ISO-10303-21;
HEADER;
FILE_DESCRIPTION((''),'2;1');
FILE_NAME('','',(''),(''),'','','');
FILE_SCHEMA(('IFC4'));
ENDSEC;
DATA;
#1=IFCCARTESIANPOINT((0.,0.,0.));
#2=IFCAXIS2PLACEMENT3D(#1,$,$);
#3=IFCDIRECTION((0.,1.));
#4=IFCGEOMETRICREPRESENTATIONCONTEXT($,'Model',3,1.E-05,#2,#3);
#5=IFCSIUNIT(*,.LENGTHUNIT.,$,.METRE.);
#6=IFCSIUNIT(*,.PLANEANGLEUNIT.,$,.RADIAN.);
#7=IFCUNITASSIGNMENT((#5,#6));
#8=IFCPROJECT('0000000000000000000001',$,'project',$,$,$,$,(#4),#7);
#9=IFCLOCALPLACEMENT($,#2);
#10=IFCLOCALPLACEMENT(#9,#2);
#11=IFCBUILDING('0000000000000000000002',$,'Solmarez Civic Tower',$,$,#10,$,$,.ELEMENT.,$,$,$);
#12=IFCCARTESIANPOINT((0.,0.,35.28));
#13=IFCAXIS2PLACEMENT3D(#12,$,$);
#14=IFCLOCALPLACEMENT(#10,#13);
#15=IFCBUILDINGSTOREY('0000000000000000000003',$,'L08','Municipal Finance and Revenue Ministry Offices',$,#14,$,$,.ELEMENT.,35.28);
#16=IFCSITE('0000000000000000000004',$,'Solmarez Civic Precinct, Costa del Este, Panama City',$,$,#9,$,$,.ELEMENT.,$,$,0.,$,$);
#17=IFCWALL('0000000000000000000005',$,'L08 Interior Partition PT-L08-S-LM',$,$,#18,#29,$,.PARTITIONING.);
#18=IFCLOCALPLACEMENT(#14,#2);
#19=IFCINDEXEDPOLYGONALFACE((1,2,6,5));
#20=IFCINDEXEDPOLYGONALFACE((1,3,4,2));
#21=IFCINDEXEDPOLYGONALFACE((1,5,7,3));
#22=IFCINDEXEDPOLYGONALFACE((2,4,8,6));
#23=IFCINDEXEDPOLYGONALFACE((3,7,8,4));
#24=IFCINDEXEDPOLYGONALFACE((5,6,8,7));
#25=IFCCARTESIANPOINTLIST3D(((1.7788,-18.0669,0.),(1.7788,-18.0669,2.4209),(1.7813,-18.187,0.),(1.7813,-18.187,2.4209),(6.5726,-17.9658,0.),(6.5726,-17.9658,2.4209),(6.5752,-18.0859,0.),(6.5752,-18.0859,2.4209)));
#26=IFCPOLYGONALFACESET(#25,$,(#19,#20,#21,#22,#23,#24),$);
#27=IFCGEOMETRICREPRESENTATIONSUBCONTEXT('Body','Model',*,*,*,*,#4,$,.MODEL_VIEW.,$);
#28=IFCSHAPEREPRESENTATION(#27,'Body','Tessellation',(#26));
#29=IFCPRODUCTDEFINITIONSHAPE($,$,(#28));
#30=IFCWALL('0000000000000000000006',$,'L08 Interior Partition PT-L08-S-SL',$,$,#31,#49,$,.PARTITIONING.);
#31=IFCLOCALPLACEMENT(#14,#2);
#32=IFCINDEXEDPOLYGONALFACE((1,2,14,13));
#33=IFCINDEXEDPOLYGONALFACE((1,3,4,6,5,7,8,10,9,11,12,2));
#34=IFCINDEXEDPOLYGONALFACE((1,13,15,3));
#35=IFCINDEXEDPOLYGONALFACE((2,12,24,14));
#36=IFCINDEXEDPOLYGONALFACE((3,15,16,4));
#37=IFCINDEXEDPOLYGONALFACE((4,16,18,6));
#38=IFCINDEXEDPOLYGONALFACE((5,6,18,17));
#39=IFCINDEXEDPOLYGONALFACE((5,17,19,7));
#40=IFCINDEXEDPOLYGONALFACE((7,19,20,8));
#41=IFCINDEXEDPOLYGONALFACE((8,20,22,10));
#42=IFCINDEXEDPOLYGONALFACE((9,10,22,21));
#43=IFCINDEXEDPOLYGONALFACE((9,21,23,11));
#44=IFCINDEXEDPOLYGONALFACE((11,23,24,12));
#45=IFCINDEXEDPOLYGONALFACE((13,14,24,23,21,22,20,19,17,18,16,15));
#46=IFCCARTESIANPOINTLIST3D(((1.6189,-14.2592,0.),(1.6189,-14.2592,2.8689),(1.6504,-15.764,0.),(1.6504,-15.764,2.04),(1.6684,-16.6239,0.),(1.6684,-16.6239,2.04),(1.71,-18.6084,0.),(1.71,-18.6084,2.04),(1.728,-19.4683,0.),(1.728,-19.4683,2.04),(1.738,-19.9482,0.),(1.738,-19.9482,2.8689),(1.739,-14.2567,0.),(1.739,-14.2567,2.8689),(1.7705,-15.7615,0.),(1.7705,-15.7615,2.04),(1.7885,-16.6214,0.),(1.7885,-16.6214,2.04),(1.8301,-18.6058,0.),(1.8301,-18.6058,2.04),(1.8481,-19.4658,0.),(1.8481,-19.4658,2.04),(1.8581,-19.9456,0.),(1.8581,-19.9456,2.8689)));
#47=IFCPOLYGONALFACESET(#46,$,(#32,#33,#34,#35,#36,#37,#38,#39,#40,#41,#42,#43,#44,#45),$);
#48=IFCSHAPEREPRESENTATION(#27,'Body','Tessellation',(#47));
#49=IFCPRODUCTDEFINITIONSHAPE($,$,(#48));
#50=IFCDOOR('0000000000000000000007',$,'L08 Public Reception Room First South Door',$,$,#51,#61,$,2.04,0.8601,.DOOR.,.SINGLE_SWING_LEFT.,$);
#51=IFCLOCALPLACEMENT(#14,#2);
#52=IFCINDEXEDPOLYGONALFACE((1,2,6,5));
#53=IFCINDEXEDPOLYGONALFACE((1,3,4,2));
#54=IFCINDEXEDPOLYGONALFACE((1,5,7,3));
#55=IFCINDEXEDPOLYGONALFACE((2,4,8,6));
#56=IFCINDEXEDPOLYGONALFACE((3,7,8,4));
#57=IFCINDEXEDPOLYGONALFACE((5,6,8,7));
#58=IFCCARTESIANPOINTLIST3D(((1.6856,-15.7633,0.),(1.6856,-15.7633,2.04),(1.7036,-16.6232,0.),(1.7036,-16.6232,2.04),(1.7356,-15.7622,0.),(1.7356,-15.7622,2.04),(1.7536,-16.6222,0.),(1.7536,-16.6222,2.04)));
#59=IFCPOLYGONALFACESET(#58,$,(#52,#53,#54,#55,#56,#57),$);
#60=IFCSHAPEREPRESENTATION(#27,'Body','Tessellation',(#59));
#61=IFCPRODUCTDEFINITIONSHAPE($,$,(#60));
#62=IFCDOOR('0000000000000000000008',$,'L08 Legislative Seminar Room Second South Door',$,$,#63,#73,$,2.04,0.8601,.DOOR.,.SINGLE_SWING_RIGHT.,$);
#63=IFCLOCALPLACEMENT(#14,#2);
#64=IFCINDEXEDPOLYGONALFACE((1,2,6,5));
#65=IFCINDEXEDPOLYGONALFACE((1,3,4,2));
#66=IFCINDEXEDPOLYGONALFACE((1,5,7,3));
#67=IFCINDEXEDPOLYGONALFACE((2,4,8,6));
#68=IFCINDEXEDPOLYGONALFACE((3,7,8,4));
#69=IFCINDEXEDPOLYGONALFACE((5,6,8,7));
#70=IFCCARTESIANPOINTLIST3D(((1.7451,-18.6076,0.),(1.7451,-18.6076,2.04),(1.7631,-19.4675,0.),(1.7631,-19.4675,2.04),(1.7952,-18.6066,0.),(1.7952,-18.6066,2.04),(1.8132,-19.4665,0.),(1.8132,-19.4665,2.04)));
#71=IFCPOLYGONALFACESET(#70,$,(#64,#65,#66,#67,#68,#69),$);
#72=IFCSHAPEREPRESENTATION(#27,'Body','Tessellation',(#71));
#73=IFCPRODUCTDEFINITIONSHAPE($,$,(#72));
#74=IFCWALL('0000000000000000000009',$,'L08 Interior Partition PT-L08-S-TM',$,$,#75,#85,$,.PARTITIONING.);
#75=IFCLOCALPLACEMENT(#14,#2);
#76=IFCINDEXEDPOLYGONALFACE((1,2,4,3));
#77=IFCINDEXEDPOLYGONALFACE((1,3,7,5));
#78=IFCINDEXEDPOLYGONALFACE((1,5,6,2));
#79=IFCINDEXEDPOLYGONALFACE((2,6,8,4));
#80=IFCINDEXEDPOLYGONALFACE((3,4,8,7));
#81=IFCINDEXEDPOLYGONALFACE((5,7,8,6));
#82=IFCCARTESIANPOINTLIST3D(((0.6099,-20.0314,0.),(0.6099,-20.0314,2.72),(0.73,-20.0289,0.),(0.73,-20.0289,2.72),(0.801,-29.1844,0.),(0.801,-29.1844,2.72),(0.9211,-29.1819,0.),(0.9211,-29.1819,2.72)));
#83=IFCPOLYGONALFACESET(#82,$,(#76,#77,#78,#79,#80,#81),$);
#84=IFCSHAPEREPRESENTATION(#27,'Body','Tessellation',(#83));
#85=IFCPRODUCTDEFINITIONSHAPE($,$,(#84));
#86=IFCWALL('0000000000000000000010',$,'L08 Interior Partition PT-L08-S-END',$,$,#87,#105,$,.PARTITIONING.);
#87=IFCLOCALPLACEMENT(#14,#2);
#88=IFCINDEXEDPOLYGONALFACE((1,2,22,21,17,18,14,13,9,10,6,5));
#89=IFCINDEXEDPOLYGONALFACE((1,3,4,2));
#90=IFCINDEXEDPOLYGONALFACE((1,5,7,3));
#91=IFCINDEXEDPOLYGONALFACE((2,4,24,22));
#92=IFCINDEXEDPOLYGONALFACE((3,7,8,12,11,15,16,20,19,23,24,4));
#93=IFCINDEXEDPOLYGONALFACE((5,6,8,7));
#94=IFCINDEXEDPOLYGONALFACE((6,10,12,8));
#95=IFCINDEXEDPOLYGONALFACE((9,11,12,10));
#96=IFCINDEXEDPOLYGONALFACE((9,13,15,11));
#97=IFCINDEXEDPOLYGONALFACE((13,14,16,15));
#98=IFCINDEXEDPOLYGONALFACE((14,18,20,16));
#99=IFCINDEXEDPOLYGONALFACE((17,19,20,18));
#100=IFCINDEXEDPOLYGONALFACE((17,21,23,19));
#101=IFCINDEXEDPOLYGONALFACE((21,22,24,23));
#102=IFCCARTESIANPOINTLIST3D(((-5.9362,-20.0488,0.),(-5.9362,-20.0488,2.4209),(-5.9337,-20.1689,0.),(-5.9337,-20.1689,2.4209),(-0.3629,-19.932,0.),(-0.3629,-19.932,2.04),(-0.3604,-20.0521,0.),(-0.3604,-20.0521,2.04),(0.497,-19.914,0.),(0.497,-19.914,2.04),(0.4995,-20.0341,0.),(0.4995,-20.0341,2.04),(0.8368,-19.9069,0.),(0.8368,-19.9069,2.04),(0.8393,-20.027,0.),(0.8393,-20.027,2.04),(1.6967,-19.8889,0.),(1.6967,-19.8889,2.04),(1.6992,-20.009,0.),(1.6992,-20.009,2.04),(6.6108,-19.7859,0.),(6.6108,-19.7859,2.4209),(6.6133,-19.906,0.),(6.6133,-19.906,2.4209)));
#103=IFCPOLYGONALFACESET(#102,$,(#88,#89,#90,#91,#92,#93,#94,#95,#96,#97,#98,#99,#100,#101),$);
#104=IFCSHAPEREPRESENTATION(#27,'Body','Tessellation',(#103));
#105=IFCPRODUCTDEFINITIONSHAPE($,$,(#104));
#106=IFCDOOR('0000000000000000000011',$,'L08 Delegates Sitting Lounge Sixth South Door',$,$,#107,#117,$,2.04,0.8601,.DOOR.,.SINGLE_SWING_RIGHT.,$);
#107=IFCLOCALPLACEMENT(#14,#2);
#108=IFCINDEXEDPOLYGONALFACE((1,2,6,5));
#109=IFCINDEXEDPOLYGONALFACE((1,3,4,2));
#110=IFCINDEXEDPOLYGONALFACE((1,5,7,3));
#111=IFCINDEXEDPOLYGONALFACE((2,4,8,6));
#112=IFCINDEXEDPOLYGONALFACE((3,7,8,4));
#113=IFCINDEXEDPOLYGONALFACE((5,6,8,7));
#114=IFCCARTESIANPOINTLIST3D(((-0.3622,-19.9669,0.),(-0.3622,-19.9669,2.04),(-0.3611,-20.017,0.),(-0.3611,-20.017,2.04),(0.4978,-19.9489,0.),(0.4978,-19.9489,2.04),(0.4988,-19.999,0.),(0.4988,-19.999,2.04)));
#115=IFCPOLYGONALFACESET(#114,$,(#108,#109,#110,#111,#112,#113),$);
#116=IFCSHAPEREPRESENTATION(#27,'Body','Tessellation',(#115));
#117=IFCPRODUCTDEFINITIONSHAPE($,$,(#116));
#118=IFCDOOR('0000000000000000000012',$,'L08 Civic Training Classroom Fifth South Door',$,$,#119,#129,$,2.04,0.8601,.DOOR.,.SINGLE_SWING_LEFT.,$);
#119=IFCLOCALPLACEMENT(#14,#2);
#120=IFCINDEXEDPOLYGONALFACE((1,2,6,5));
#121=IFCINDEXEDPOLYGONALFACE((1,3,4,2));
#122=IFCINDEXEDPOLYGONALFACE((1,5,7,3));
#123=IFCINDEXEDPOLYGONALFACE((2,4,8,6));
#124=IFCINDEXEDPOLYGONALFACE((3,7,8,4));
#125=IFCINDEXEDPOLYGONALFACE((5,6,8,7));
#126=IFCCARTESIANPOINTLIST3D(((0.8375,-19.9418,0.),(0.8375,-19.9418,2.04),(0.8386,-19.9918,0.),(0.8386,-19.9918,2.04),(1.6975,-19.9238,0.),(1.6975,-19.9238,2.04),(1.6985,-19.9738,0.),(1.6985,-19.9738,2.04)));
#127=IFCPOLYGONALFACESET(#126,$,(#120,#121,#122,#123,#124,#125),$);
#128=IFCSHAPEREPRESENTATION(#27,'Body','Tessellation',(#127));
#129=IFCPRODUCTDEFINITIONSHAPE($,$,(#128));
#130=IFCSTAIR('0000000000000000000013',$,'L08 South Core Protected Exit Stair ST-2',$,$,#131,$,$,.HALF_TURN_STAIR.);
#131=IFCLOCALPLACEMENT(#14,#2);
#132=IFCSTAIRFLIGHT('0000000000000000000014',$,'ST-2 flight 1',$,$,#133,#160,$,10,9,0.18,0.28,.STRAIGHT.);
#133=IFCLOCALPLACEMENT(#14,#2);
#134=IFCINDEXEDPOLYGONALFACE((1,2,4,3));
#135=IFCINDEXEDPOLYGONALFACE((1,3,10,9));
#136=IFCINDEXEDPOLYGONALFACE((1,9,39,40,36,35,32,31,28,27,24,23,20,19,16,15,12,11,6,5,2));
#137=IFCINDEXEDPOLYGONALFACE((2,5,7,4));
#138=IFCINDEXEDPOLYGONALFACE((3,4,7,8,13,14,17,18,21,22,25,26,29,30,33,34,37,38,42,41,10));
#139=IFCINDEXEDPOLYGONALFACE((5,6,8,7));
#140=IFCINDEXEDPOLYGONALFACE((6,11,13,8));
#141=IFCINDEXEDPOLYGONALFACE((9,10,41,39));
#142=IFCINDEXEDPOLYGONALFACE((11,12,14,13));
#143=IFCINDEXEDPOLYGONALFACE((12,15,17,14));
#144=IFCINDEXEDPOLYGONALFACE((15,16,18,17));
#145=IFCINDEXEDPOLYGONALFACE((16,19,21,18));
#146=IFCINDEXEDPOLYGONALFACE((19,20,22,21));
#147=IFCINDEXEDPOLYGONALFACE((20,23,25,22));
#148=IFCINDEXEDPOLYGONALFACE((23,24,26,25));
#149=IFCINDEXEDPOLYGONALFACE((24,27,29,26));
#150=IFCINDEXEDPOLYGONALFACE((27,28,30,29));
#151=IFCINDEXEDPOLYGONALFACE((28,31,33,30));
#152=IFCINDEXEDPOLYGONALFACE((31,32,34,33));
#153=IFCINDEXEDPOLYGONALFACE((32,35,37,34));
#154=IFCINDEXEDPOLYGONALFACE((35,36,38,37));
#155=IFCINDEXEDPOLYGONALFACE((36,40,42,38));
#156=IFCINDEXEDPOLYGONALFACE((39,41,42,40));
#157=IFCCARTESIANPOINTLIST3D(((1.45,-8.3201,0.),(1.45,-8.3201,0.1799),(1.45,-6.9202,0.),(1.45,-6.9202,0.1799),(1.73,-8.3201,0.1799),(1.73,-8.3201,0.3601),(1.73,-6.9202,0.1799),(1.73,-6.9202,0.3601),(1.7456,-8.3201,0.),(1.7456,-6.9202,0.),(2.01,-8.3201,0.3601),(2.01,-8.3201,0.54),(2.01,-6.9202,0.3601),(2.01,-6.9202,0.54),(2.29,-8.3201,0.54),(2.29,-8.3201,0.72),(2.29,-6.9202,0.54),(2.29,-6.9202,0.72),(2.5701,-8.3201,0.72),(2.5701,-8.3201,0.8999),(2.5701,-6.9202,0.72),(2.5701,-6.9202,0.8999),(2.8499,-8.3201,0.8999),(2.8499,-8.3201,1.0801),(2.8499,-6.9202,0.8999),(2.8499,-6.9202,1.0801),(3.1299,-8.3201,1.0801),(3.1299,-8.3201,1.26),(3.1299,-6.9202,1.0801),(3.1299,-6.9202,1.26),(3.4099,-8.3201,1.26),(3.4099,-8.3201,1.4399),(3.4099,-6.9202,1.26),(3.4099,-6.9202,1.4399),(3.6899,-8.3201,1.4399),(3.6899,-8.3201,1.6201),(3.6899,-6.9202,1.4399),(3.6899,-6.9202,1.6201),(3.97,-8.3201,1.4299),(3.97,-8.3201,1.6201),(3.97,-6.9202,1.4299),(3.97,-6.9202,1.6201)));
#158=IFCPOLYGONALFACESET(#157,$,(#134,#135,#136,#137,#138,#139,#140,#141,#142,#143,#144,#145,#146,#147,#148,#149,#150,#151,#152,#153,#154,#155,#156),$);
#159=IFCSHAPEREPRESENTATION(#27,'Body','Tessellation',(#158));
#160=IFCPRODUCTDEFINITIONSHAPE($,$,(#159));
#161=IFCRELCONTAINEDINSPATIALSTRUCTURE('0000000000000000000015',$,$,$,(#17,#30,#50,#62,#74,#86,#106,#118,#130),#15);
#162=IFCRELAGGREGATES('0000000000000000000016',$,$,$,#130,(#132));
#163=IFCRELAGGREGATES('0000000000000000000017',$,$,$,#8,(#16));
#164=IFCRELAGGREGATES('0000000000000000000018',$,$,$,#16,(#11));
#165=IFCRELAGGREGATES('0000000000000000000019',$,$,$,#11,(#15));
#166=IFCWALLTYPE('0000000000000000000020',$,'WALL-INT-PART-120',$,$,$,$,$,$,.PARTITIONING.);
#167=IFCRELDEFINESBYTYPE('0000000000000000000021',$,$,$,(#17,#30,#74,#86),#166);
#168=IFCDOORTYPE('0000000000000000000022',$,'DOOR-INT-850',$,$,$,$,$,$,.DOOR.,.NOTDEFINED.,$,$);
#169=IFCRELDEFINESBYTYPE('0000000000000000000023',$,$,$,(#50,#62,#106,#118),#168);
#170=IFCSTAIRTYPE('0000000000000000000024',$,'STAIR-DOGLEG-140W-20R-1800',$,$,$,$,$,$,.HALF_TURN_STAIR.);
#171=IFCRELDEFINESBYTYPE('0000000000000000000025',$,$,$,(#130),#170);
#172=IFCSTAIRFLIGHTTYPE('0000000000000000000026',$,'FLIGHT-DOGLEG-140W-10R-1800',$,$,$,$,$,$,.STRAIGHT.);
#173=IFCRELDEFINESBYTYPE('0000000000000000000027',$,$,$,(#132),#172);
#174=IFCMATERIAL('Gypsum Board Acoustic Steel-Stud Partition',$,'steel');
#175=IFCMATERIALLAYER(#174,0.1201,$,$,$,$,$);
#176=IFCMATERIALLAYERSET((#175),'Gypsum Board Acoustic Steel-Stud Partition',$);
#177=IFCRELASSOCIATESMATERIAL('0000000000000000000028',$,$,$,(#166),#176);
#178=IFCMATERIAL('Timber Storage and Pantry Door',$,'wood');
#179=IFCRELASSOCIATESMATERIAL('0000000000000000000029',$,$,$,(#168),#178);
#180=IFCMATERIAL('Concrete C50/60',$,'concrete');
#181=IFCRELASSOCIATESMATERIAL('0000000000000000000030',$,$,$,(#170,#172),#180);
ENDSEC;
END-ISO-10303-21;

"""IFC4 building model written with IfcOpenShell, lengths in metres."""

from ifc_helpers import new_model, si_unit, direction, frame, frame_2d, origin, place, context, subcontext, project, spatial, polyline, rectangle, outline, extrude, material, layer, layer_set, type_object, element, fill, aggregate, save


model = new_model("IFC4")

# Units and contexts
model_context = context("Model", 3, precision=1e-05, world=origin(), true_north=direction((0.0, 1.0)))
body_context = subcontext(model_context, "Body", "Model", "MODEL_VIEW")
ifc_project = project(units=[si_unit("LENGTHUNIT", "METRE"), si_unit("PLANEANGLEUNIT", "RADIAN")], contexts=[model_context])

# Site, building, storey
site_placement = place(None, origin())
site = spatial("IfcSite", under=ifc_project, at=site_placement, Name="Solmarez Civic Precinct, Costa del Este, Panama City", CompositionType="ELEMENT", RefElevation=0.0)
building_placement = place(site_placement, origin())
building = spatial("IfcBuilding", under=site, at=building_placement, Name="Solmarez Civic Tower", CompositionType="ELEMENT")
storey_placement = place(building_placement, frame((0.0, 0.0, 35.28)))
storey = spatial("IfcBuildingStorey", under=building, at=storey_placement, Name="L08", Description="Municipal Finance and Revenue Ministry Offices", CompositionType="ELEMENT", Elevation=35.28)

# Shared definitions
ifc_material_1 = material(Name="Concrete C50/60", Category="concrete")

# Wall
ifc_material_2 = material(Name="Gypsum Board Acoustic Steel-Stud Partition", Category="steel")
ifc_layer_1 = layer(ifc_material_2, 0.1201)
ifc_layer_set_1 = layer_set([ifc_layer_1], Name="Gypsum Board Acoustic Steel-Stud Partition")
wall_type_1 = type_object("IfcWallType", Name="WALL-INT-PART-120", PredefinedType="PARTITIONING", material=ifc_layer_set_1)
wall_1_placement = place(storey_placement, frame((1.78, -18.127, 0.0), z_axis=(0.0, 0.0, 1.0), x_axis=(0.999778, 0.021079, 0.0)))
element("IfcWall", 1, at=wall_1_placement, inside=storey, type_object=wall_type_1, Name="L08 Interior Partition PT-L08-S-LM", PredefinedType="PARTITIONING", context=body_context, shape_type="SweptSolid", body=[
    extrude(rectangle(XDim=4.7949, YDim=0.1201, at=frame_2d((2.3975, 0.0))), origin(), (0.0, 0.0, 1.0), 2.4209),
])

# Wall, openings, doors
wall_2_placement = place(storey_placement, frame((1.7981, -19.947, 0.0), z_axis=(0.0, 0.0, 1.0), x_axis=(-0.020938, 0.999781, 0.0)))
wall_2 = element("IfcWall", 2, at=wall_2_placement, inside=storey, type_object=wall_type_1, Name="L08 Interior Partition PT-L08-S-SL", PredefinedType="PARTITIONING", context=body_context, shape_type="SweptSolid", body=[
    extrude(rectangle(XDim=5.6902, YDim=0.1201, at=frame_2d((2.8452, 0.0))), origin(), (0.0, 0.0, 1.0), 2.8689),
])
opening_1_placement = place(wall_2_placement, frame((3.325, 0.0, 0.0)))
opening_1 = element("IfcOpeningElement", 3, at=opening_1_placement, cuts=wall_2, PredefinedType="OPENING", context=body_context, shape_type="SweptSolid", body=[
    extrude(rectangle(XDim=0.8601, YDim=2.04, at=frame_2d((0.4302, 1.02))), frame((0.0, 0.0701, 0.0), z_axis=(0.0, -1.0, 0.0), x_axis=(1.0, 0.0, 0.0)), (0.0, 0.0, 1.0), 0.1401),
])
opening_2_placement = place(wall_2_placement, frame((0.48, 0.0, 0.0)))
opening_2 = element("IfcOpeningElement", 4, at=opening_2_placement, cuts=wall_2, PredefinedType="OPENING", context=body_context, shape_type="SweptSolid", body=[
    extrude(rectangle(XDim=0.8601, YDim=2.04, at=frame_2d((0.4302, 1.02))), frame((0.0, 0.0701, 0.0), z_axis=(0.0, -1.0, 0.0), x_axis=(1.0, 0.0, 0.0)), (0.0, 0.0, 1.0), 0.1401),
])
ifc_material_3 = material(Name="Timber Storage and Pantry Door", Category="wood")
door_type = type_object("IfcDoorType", Name="DOOR-INT-850", OperationType="NOTDEFINED", PredefinedType="DOOR", material=ifc_material_3)
door_1_placement = place(opening_1_placement, origin())
door_1 = element("IfcDoor", 5, at=door_1_placement, inside=storey, type_object=door_type, Name="L08 Public Reception Room First South Door", OperationType="SINGLE_SWING_LEFT", OverallHeight=2.04, OverallWidth=0.8601, PredefinedType="DOOR", context=body_context, shape_type="SweptSolid", body=[
    extrude(rectangle(XDim=0.8601, YDim=2.04, at=frame_2d((0.4302, 1.02))), frame((0.0, 0.0249, 0.0), z_axis=(0.0, -1.0, 0.0), x_axis=(1.0, 0.0, 0.0)), (0.0, 0.0, 1.0), 0.05),
])
fill(opening_1, door_1)
door_2_placement = place(opening_2_placement, origin())
door_2 = element("IfcDoor", 6, at=door_2_placement, inside=storey, type_object=door_type, Name="L08 Legislative Seminar Room Second South Door", OperationType="SINGLE_SWING_RIGHT", OverallHeight=2.04, OverallWidth=0.8601, PredefinedType="DOOR", context=body_context, shape_type="SweptSolid", body=[
    extrude(rectangle(XDim=0.8601, YDim=2.04, at=frame_2d((0.4302, 1.02))), frame((0.0, 0.0249, 0.0), z_axis=(0.0, -1.0, 0.0), x_axis=(1.0, 0.0, 0.0)), (0.0, 0.0, 1.0), 0.05),
])
fill(opening_2, door_2)

# Wall
wall_3_placement = place(storey_placement, frame((0.6699, -20.03, 0.0), z_axis=(0.0, 0.0, 1.0), x_axis=(0.02088, -0.999782, 0.0)))
element("IfcWall", 7, at=wall_3_placement, inside=storey, type_object=wall_type_1, Name="L08 Interior Partition PT-L08-S-TM", PredefinedType="PARTITIONING", context=body_context, shape_type="SweptSolid", body=[
    extrude(rectangle(XDim=9.155, YDim=0.1201, at=frame_2d((4.5776, 0.0))), origin(), (0.0, 0.0, 1.0), 2.72),
])

# Wall, openings, doors
wall_4_placement = place(storey_placement, frame((6.6121, -19.8459, 0.0), z_axis=(0.0, 0.0, 1.0), x_axis=(-0.99978, -0.020952, 0.0)))
wall_4 = element("IfcWall", 8, at=wall_4_placement, inside=storey, type_object=wall_type_1, Name="L08 Interior Partition PT-L08-S-END", PredefinedType="PARTITIONING", context=body_context, shape_type="SweptSolid", body=[
    extrude(rectangle(XDim=12.5498, YDim=0.1201, at=frame_2d((6.2749, 0.0))), origin(), (0.0, 0.0, 1.0), 2.4209),
])
opening_3_placement = place(wall_4_placement, frame((6.115, 0.0, 0.0)))
opening_3 = element("IfcOpeningElement", 9, at=opening_3_placement, cuts=wall_4, PredefinedType="OPENING", context=body_context, shape_type="SweptSolid", body=[
    extrude(rectangle(XDim=0.8601, YDim=2.04, at=frame_2d((0.4302, 1.02))), frame((0.0, 0.0701, 0.0), z_axis=(0.0, -1.0, 0.0), x_axis=(1.0, 0.0, 0.0)), (0.0, 0.0, 1.0), 0.1401),
])
opening_4_placement = place(wall_4_placement, frame((4.915, 0.0, 0.0)))
opening_4 = element("IfcOpeningElement", 10, at=opening_4_placement, cuts=wall_4, PredefinedType="OPENING", context=body_context, shape_type="SweptSolid", body=[
    extrude(rectangle(XDim=0.8601, YDim=2.04, at=frame_2d((0.4302, 1.02))), frame((0.0, 0.0701, 0.0), z_axis=(0.0, -1.0, 0.0), x_axis=(1.0, 0.0, 0.0)), (0.0, 0.0, 1.0), 0.1401),
])
door_3_placement = place(opening_3_placement, origin())
door_3 = element("IfcDoor", 11, at=door_3_placement, inside=storey, type_object=door_type, Name="L08 Delegates Sitting Lounge Sixth South Door", OperationType="SINGLE_SWING_RIGHT", OverallHeight=2.04, OverallWidth=0.8601, PredefinedType="DOOR", context=body_context, shape_type="SweptSolid", body=[
    extrude(rectangle(XDim=0.8601, YDim=2.04, at=frame_2d((0.4302, 1.02))), frame((0.0, 0.0249, 0.0), z_axis=(0.0, -1.0, 0.0), x_axis=(1.0, 0.0, 0.0)), (0.0, 0.0, 1.0), 0.05),
])
fill(opening_3, door_3)
door_4_placement = place(opening_4_placement, origin())
door_4 = element("IfcDoor", 12, at=door_4_placement, inside=storey, type_object=door_type, Name="L08 Civic Training Classroom Fifth South Door", OperationType="SINGLE_SWING_LEFT", OverallHeight=2.04, OverallWidth=0.8601, PredefinedType="DOOR", context=body_context, shape_type="SweptSolid", body=[
    extrude(rectangle(XDim=0.8601, YDim=2.04, at=frame_2d((0.4302, 1.02))), frame((0.0, 0.0249, 0.0), z_axis=(0.0, -1.0, 0.0), x_axis=(1.0, 0.0, 0.0)), (0.0, 0.0, 1.0), 0.05),
])
fill(opening_4, door_4)

# Stair, stair flight
stair_type = type_object("IfcStairType", Name="STAIR-DOGLEG-140W-20R-1800", PredefinedType="HALF_TURN_STAIR", material=ifc_material_1)
stair_placement = place(storey_placement, origin())
stair = element("IfcStair", 13, at=stair_placement, inside=storey, type_object=stair_type, Name="L08 South Core Protected Exit Stair ST-2", PredefinedType="HALF_TURN_STAIR")
stair_flight_type = type_object("IfcStairFlightType", Name="FLIGHT-DOGLEG-140W-10R-1800", PredefinedType="STRAIGHT", material=ifc_material_1)
stair_flight_placement = place(storey_placement, frame((1.45, -7.6201, 0.0), z_axis=(0.0, 0.0, 1.0), x_axis=(1.0, 0.0, 0.0)))
stair_flight = element("IfcStairFlight", 14, at=stair_flight_placement, type_object=stair_flight_type, Name="ST-2 flight 1", NumberOfRisers=10, NumberOfTreads=9, PredefinedType="STRAIGHT", RiserHeight=0.18, TreadLength=0.28, context=body_context, shape_type="SweptSolid", body=[
    extrude(outline(polyline([(0.0, 0.0), (0.0, 0.1799), (0.28, 0.1799), (0.28, 0.3601), (0.5601, 0.3601), (0.5601, 0.54), (0.8401, 0.54), (0.8401, 0.72), (1.1201, 0.72), (1.1201, 0.8999), (1.3999, 0.8999), (1.3999, 1.0801), (1.6799, 1.0801), (1.6799, 1.26), (1.96, 1.26), (1.96, 1.4399), (2.24, 1.4399), (2.24, 1.6201), (2.52, 1.6201), (2.52, 1.8), (2.52, 1.4299), (0.2957, 0.0), (0.0, 0.0)])), frame((0.0, 0.7, 0.0), z_axis=(0.0, -1.0, 0.0), x_axis=(1.0, 0.0, 0.0)), (0.0, 0.0, 1.0), 1.3999),
])
aggregate(stair, [stair_flight])

save(model, "model.ifc")
